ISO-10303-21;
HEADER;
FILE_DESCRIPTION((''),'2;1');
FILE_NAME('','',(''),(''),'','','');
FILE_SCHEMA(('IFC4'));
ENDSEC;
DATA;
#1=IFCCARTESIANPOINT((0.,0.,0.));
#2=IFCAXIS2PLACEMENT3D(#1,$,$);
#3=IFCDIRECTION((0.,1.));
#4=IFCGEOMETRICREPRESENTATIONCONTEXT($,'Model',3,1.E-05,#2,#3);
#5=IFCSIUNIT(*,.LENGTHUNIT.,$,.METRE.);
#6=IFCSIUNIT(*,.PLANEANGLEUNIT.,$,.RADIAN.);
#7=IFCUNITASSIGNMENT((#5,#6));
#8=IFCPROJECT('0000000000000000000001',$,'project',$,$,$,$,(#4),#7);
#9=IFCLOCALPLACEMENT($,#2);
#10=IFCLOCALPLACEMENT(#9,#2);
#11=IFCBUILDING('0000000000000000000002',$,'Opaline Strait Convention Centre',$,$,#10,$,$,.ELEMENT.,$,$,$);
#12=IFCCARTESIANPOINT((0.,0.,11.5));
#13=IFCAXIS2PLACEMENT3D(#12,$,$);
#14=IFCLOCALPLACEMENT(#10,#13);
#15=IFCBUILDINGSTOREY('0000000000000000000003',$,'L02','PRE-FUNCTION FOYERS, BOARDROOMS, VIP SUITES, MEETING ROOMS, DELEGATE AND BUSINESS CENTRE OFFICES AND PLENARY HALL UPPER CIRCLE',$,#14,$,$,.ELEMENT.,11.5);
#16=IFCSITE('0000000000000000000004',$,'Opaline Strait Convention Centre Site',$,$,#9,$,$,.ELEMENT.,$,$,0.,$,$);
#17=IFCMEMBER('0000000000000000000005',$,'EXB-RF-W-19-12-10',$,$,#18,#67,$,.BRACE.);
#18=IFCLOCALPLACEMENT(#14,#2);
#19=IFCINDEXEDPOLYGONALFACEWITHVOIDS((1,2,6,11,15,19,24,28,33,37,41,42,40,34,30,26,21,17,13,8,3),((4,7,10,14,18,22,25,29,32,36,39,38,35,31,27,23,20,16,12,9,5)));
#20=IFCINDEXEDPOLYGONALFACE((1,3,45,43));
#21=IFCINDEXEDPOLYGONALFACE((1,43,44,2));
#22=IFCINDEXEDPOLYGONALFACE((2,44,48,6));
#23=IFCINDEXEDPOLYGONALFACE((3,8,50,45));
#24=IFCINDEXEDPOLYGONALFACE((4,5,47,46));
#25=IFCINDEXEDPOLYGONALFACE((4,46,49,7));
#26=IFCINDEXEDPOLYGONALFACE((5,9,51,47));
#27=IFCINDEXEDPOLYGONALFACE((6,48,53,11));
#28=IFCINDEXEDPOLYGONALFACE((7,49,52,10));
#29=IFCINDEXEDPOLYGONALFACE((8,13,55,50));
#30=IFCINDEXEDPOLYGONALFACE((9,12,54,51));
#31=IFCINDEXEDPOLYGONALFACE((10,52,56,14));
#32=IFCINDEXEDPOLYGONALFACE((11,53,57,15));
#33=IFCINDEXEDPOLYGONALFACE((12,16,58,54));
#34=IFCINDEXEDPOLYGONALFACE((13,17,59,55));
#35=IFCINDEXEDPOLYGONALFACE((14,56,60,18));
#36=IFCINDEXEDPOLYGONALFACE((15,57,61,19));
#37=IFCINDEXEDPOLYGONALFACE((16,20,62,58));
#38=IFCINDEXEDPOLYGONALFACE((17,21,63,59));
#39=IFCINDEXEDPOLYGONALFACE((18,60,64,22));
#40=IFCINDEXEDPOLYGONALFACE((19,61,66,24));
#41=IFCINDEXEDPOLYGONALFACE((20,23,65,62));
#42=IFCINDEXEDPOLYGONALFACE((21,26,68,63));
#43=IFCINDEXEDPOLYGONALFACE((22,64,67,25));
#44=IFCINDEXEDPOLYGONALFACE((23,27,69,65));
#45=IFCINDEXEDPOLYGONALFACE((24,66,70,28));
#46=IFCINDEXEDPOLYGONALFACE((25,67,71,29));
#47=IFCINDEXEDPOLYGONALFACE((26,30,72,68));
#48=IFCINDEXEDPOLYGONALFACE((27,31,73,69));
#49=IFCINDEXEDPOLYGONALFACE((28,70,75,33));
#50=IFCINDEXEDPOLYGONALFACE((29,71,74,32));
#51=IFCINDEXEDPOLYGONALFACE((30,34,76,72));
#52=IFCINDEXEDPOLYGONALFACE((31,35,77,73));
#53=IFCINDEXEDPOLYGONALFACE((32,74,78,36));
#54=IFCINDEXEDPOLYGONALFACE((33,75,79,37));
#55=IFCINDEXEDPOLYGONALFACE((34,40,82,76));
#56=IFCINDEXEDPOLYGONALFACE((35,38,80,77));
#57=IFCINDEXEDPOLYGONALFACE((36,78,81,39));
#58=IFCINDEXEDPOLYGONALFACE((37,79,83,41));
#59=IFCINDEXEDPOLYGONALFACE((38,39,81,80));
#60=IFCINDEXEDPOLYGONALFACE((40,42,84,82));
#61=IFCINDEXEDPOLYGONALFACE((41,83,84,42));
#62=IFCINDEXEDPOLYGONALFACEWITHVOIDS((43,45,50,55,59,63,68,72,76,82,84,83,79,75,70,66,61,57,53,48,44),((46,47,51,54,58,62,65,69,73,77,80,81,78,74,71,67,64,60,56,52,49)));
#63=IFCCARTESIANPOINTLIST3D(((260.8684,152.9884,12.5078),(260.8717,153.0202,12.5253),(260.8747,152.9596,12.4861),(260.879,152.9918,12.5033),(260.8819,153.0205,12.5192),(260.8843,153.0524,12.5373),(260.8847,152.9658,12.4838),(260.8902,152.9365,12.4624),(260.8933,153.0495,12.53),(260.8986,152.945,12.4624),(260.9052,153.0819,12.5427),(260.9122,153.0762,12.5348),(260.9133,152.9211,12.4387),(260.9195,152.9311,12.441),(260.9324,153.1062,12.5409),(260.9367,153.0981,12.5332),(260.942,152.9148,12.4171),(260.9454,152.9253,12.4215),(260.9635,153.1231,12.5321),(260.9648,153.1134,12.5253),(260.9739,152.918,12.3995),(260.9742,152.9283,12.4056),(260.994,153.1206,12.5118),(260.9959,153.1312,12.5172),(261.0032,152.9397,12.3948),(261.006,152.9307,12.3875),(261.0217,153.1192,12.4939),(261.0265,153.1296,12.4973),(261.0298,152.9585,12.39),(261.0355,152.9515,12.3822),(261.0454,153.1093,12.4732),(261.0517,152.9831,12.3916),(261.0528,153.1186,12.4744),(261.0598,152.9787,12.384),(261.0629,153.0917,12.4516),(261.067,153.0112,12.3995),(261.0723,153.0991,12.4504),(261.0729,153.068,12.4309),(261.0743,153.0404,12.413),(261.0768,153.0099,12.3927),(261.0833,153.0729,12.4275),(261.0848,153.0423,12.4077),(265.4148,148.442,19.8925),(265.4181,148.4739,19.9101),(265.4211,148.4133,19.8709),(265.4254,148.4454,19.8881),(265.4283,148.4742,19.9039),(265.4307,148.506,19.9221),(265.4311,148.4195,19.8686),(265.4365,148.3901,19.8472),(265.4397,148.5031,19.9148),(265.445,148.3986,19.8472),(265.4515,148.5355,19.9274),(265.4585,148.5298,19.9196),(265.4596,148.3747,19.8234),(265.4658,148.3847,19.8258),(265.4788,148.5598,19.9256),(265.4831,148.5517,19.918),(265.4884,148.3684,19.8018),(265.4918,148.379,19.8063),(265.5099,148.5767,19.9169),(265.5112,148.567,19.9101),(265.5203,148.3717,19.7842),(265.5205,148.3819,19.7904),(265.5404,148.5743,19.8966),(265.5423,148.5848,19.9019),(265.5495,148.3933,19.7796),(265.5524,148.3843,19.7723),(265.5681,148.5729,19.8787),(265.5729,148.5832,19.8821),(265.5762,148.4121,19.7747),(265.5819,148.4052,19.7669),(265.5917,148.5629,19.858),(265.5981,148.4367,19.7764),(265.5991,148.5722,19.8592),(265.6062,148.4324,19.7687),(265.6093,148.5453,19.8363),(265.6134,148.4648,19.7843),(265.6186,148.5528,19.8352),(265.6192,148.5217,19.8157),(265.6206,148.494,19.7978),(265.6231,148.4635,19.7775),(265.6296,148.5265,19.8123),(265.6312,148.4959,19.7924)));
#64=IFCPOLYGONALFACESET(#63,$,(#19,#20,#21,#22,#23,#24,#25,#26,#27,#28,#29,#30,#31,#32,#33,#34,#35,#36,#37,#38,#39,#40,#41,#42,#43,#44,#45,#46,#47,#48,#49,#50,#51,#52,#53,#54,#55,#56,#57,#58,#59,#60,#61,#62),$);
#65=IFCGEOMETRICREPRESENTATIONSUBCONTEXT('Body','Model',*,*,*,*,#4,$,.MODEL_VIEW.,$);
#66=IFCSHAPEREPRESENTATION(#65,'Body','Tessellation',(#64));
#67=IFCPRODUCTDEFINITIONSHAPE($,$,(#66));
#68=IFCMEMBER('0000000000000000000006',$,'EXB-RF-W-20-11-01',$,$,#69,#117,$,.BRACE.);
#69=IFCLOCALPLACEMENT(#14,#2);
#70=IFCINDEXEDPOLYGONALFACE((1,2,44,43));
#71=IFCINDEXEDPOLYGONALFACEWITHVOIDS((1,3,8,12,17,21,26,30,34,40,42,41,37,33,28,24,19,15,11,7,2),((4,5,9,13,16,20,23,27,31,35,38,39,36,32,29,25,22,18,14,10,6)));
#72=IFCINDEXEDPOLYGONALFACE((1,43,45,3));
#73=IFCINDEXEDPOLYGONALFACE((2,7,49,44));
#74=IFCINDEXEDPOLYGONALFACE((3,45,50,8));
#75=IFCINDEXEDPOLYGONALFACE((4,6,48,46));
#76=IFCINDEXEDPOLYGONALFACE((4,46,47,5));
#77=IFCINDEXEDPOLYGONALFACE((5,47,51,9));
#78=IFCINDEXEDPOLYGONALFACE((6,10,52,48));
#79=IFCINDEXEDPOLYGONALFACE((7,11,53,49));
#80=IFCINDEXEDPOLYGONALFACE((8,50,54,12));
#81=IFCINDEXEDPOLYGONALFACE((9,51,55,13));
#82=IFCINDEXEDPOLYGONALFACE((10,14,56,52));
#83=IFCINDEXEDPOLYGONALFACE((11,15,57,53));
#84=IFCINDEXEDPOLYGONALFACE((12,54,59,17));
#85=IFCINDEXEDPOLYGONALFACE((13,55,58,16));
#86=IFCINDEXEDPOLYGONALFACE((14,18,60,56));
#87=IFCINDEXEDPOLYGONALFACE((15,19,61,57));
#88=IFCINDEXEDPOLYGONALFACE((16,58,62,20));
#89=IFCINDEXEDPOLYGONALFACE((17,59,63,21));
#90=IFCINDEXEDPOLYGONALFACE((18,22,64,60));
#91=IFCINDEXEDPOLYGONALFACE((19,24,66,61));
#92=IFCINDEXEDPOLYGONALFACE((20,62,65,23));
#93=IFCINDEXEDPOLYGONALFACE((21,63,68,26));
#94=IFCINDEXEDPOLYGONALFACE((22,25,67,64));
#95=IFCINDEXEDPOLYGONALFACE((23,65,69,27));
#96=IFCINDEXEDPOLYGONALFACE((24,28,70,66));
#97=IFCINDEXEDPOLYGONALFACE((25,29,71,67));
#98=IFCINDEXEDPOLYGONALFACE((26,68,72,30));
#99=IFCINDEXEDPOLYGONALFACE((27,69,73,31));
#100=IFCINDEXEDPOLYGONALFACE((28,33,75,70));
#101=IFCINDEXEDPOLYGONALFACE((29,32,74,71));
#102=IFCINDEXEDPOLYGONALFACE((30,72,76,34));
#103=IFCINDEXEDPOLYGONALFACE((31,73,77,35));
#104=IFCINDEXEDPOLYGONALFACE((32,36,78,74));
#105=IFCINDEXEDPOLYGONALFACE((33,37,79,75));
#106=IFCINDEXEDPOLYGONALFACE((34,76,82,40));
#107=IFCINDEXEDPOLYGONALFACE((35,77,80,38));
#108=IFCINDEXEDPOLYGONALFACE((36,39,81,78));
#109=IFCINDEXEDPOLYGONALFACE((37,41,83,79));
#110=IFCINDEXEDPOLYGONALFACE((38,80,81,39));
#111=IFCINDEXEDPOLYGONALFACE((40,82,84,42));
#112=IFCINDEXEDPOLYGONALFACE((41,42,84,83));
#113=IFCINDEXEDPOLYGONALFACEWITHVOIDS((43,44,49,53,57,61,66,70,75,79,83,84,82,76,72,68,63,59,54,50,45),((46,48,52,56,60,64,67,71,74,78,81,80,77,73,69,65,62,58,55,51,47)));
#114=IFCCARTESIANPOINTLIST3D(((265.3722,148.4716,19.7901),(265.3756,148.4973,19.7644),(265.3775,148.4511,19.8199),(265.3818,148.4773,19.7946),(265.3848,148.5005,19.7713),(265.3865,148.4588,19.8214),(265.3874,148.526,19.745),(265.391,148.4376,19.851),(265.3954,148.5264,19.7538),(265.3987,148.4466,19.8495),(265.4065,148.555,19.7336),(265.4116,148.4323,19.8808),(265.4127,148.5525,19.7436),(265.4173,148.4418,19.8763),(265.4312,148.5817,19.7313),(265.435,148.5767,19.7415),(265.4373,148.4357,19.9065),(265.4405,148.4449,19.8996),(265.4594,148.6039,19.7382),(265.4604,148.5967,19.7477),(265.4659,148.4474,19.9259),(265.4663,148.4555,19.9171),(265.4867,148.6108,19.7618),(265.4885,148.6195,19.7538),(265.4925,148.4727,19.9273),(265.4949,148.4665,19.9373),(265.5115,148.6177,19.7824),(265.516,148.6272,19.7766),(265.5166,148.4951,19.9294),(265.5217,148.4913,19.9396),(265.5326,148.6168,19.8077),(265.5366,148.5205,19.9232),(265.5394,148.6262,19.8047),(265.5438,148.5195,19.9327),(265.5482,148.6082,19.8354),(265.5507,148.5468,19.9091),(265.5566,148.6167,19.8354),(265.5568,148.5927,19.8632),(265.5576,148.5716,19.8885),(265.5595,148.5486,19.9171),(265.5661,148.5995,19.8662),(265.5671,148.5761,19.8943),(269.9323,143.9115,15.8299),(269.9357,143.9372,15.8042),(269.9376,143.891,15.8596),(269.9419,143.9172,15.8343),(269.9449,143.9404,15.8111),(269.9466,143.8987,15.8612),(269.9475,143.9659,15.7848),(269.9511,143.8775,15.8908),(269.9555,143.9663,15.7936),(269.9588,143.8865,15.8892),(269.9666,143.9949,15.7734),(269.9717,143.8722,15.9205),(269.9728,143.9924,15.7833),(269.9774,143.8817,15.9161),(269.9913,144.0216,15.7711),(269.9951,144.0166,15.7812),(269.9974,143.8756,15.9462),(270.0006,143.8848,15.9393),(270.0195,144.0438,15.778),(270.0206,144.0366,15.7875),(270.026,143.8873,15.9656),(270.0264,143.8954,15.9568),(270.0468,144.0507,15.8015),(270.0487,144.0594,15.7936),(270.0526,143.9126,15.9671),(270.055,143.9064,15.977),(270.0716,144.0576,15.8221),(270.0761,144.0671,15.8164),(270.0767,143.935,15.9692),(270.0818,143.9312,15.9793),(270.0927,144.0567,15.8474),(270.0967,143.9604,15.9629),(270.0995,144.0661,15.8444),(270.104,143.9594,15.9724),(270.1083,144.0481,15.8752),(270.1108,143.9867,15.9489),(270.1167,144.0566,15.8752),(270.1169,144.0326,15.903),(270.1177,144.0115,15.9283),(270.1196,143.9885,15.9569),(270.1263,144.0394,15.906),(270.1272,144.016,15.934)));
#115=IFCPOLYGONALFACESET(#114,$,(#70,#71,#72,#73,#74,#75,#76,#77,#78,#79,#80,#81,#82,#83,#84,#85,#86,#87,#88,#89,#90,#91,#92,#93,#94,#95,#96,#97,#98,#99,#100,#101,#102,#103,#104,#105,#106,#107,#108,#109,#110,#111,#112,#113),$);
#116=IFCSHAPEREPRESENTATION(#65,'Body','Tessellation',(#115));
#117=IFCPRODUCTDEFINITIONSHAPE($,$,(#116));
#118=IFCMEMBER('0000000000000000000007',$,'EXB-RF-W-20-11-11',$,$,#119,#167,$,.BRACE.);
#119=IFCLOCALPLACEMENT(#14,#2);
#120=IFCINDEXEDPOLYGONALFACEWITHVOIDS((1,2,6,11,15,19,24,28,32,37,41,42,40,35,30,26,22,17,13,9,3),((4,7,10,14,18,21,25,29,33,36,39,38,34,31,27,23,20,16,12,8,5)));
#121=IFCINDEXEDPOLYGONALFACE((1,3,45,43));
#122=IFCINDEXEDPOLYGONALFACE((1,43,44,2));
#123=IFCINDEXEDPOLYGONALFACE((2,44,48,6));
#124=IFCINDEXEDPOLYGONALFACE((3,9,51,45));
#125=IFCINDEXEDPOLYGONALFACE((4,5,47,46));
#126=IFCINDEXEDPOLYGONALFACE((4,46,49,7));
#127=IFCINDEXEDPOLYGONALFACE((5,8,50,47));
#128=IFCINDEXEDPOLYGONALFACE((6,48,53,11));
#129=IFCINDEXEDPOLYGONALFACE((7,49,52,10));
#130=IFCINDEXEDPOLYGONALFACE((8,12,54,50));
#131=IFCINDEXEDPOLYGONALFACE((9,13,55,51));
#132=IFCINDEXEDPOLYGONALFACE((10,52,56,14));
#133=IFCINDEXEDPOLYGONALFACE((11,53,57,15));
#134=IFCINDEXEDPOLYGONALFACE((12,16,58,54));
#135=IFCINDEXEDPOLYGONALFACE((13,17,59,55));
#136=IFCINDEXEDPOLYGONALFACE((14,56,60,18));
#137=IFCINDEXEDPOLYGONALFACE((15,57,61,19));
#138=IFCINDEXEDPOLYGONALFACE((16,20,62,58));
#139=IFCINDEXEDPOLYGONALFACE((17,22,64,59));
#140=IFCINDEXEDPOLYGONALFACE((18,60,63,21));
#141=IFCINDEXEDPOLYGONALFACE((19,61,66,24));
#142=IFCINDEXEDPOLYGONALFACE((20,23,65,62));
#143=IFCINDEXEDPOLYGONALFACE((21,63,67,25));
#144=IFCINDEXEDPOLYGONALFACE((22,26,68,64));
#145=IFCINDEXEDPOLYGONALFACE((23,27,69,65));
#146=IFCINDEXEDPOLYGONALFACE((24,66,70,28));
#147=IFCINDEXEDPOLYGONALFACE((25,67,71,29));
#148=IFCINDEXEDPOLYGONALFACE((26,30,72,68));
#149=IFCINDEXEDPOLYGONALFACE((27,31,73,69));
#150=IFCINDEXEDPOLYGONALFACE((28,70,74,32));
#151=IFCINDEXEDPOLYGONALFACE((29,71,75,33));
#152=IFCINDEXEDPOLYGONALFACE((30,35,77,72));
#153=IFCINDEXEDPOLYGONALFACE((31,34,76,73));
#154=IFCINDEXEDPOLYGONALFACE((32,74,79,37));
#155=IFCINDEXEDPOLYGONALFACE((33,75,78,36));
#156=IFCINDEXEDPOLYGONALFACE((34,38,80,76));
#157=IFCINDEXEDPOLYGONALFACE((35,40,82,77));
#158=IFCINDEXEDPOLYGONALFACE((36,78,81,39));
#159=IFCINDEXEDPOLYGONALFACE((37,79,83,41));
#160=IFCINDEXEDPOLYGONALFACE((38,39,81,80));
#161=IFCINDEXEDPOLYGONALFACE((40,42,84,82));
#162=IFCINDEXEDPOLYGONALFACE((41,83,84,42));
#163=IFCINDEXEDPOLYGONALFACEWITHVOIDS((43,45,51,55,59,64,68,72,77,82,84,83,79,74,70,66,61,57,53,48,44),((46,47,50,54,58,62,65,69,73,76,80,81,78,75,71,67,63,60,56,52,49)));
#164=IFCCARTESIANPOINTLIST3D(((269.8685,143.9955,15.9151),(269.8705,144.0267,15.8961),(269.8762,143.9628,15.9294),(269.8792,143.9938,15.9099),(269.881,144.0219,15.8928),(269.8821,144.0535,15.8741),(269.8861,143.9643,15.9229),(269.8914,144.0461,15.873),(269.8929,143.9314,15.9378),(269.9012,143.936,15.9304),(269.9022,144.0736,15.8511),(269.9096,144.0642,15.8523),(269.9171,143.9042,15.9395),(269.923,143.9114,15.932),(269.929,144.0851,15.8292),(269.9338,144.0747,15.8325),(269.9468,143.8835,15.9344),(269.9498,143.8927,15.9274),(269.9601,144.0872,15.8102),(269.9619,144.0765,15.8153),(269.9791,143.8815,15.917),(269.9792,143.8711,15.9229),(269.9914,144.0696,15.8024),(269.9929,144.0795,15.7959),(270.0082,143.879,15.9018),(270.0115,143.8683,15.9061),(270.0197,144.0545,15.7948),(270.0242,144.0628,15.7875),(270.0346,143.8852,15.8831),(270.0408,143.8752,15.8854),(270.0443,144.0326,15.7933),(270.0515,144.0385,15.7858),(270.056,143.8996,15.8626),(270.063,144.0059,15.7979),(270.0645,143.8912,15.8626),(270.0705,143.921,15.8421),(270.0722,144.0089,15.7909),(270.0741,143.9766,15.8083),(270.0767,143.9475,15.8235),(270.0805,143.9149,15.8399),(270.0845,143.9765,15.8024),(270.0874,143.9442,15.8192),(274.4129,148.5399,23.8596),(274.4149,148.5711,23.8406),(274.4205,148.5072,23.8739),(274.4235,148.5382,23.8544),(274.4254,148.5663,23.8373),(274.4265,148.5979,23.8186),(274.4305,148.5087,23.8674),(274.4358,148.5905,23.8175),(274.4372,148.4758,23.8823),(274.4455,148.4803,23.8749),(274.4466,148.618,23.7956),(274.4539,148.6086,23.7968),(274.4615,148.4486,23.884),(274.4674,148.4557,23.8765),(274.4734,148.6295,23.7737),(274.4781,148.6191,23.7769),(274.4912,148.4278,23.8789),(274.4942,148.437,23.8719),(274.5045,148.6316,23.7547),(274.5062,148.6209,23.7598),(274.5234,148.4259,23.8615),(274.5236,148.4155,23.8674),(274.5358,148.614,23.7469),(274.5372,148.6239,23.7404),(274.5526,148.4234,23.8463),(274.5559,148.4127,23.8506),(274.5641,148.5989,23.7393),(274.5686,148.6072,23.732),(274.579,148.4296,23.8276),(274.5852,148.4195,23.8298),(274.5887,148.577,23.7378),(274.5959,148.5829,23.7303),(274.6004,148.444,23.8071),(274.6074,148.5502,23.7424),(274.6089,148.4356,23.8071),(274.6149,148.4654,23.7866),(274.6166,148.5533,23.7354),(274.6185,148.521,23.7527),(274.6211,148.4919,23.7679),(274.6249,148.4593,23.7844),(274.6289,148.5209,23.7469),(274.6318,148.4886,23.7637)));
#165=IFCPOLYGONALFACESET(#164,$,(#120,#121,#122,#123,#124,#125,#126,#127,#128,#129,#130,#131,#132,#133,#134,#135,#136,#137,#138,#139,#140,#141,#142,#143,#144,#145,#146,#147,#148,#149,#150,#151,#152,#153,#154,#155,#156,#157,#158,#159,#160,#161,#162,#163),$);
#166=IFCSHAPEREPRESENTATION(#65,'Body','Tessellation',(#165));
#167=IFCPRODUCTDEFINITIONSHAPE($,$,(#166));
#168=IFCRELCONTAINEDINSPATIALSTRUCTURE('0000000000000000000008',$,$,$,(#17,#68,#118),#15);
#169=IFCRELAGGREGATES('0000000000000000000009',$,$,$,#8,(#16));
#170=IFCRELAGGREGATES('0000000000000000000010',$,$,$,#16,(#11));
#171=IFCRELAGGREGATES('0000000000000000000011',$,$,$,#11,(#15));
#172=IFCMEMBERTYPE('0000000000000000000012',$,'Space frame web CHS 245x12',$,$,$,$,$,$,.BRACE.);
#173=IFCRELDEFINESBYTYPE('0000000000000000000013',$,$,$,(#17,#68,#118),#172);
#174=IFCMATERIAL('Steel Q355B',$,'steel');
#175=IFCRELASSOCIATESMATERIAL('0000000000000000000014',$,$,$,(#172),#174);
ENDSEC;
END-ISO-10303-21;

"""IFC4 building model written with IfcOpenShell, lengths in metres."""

from ifc_helpers import new_model, si_unit, direction, frame, origin, origin_2d, place, context, subcontext, project, spatial, hollow_circle, extrude, material, material_profile, profile_set, type_object, element, save


model = new_model("IFC4")

# Units and contexts
model_context = context("Model", 3, precision=1e-05, world=origin(), true_north=direction((0.0, 1.0)))
body_context = subcontext(model_context, "Body", "Model", "MODEL_VIEW")
ifc_project = project(units=[si_unit("LENGTHUNIT", "METRE"), si_unit("PLANEANGLEUNIT", "RADIAN")], contexts=[model_context])

# Site, building, storey
site_placement = place(None, origin())
site = spatial("IfcSite", under=ifc_project, at=site_placement, Name="Opaline Strait Convention Centre Site", CompositionType="ELEMENT", RefElevation=0.0)
building_placement = place(site_placement, origin())
building = spatial("IfcBuilding", under=site, at=building_placement, Name="Opaline Strait Convention Centre", CompositionType="ELEMENT")
storey_placement = place(building_placement, frame((0.0, 0.0, 11.5)))
storey = spatial("IfcBuildingStorey", under=building, at=storey_placement, Name="L02", Description="PRE-FUNCTION FOYERS, BOARDROOMS, VIP SUITES, MEETING ROOMS, DELEGATE AND BUSINESS CENTRE OFFICES AND PLENARY HALL UPPER CIRCLE", CompositionType="ELEMENT", Elevation=11.5)

# Members
ifc_material_1 = material(Name="Steel Q355B", Category="steel")
ifc_material_profile_1 = material_profile(ifc_material_1, hollow_circle(Radius=0.1226, WallThickness=0.012, at=origin_2d()), Name="CHS 245x12")
ifc_profile_set_1 = profile_set([ifc_material_profile_1], Name="Steel Q355B")
member_type_1 = type_object("IfcMemberType", Name="Space frame web CHS 245x12", PredefinedType="BRACE", material=ifc_profile_set_1)
for number, where, z_axis, x_axis, name in (
    (1, (265.5232, 148.4768, 19.8472), (-0.464318, 0.464318, -0.754199), (-0.707107, -0.707107, 0.0), "EXB-RF-W-19-12-10"),
):
    element("IfcMember", number, at=place(storey_placement, frame(where, z_axis=z_axis, x_axis=x_axis)), inside=storey, type_object=member_type_1, Name=name, PredefinedType="BRACE", context=body_context, shape_type="SweptSolid", body=[
        extrude(hollow_circle(Radius=0.1226, WallThickness=0.012, at=origin_2d()), origin(), (0.0, 0.0, 1.0), 9.7915),
    ])
member_1_placement = place(storey_placement, frame((265.47, 148.53, 19.8354), z_axis=(0.602561, -0.602561, -0.523297), x_axis=(0.707107, 0.707107, 0.0)))
element("IfcMember", 2, at=member_1_placement, inside=storey, type_object=member_type_1, Name="EXB-RF-W-20-11-01", PredefinedType="BRACE", context=body_context, shape_type="SweptSolid", body=[
    extrude(hollow_circle(Radius=0.1226, WallThickness=0.012, at=origin_2d()), origin(), (0.0, 0.0, 1.0), 7.5679),
])
member_2_placement = place(storey_placement, frame((274.5222, 148.5222, 23.8071), z_axis=(-0.444721, -0.444721, -0.777461), x_axis=(0.707107, -0.707107, 0.0)))
element("IfcMember", 3, at=member_2_placement, inside=storey, type_object=member_type_1, Name="EXB-RF-W-20-11-11", PredefinedType="BRACE", context=body_context, shape_type="SweptSolid", body=[
    extrude(hollow_circle(Radius=0.1226, WallThickness=0.012, at=origin_2d()), origin(), (0.0, 0.0, 1.0), 10.2185),
])

save(model, "model.ifc")
